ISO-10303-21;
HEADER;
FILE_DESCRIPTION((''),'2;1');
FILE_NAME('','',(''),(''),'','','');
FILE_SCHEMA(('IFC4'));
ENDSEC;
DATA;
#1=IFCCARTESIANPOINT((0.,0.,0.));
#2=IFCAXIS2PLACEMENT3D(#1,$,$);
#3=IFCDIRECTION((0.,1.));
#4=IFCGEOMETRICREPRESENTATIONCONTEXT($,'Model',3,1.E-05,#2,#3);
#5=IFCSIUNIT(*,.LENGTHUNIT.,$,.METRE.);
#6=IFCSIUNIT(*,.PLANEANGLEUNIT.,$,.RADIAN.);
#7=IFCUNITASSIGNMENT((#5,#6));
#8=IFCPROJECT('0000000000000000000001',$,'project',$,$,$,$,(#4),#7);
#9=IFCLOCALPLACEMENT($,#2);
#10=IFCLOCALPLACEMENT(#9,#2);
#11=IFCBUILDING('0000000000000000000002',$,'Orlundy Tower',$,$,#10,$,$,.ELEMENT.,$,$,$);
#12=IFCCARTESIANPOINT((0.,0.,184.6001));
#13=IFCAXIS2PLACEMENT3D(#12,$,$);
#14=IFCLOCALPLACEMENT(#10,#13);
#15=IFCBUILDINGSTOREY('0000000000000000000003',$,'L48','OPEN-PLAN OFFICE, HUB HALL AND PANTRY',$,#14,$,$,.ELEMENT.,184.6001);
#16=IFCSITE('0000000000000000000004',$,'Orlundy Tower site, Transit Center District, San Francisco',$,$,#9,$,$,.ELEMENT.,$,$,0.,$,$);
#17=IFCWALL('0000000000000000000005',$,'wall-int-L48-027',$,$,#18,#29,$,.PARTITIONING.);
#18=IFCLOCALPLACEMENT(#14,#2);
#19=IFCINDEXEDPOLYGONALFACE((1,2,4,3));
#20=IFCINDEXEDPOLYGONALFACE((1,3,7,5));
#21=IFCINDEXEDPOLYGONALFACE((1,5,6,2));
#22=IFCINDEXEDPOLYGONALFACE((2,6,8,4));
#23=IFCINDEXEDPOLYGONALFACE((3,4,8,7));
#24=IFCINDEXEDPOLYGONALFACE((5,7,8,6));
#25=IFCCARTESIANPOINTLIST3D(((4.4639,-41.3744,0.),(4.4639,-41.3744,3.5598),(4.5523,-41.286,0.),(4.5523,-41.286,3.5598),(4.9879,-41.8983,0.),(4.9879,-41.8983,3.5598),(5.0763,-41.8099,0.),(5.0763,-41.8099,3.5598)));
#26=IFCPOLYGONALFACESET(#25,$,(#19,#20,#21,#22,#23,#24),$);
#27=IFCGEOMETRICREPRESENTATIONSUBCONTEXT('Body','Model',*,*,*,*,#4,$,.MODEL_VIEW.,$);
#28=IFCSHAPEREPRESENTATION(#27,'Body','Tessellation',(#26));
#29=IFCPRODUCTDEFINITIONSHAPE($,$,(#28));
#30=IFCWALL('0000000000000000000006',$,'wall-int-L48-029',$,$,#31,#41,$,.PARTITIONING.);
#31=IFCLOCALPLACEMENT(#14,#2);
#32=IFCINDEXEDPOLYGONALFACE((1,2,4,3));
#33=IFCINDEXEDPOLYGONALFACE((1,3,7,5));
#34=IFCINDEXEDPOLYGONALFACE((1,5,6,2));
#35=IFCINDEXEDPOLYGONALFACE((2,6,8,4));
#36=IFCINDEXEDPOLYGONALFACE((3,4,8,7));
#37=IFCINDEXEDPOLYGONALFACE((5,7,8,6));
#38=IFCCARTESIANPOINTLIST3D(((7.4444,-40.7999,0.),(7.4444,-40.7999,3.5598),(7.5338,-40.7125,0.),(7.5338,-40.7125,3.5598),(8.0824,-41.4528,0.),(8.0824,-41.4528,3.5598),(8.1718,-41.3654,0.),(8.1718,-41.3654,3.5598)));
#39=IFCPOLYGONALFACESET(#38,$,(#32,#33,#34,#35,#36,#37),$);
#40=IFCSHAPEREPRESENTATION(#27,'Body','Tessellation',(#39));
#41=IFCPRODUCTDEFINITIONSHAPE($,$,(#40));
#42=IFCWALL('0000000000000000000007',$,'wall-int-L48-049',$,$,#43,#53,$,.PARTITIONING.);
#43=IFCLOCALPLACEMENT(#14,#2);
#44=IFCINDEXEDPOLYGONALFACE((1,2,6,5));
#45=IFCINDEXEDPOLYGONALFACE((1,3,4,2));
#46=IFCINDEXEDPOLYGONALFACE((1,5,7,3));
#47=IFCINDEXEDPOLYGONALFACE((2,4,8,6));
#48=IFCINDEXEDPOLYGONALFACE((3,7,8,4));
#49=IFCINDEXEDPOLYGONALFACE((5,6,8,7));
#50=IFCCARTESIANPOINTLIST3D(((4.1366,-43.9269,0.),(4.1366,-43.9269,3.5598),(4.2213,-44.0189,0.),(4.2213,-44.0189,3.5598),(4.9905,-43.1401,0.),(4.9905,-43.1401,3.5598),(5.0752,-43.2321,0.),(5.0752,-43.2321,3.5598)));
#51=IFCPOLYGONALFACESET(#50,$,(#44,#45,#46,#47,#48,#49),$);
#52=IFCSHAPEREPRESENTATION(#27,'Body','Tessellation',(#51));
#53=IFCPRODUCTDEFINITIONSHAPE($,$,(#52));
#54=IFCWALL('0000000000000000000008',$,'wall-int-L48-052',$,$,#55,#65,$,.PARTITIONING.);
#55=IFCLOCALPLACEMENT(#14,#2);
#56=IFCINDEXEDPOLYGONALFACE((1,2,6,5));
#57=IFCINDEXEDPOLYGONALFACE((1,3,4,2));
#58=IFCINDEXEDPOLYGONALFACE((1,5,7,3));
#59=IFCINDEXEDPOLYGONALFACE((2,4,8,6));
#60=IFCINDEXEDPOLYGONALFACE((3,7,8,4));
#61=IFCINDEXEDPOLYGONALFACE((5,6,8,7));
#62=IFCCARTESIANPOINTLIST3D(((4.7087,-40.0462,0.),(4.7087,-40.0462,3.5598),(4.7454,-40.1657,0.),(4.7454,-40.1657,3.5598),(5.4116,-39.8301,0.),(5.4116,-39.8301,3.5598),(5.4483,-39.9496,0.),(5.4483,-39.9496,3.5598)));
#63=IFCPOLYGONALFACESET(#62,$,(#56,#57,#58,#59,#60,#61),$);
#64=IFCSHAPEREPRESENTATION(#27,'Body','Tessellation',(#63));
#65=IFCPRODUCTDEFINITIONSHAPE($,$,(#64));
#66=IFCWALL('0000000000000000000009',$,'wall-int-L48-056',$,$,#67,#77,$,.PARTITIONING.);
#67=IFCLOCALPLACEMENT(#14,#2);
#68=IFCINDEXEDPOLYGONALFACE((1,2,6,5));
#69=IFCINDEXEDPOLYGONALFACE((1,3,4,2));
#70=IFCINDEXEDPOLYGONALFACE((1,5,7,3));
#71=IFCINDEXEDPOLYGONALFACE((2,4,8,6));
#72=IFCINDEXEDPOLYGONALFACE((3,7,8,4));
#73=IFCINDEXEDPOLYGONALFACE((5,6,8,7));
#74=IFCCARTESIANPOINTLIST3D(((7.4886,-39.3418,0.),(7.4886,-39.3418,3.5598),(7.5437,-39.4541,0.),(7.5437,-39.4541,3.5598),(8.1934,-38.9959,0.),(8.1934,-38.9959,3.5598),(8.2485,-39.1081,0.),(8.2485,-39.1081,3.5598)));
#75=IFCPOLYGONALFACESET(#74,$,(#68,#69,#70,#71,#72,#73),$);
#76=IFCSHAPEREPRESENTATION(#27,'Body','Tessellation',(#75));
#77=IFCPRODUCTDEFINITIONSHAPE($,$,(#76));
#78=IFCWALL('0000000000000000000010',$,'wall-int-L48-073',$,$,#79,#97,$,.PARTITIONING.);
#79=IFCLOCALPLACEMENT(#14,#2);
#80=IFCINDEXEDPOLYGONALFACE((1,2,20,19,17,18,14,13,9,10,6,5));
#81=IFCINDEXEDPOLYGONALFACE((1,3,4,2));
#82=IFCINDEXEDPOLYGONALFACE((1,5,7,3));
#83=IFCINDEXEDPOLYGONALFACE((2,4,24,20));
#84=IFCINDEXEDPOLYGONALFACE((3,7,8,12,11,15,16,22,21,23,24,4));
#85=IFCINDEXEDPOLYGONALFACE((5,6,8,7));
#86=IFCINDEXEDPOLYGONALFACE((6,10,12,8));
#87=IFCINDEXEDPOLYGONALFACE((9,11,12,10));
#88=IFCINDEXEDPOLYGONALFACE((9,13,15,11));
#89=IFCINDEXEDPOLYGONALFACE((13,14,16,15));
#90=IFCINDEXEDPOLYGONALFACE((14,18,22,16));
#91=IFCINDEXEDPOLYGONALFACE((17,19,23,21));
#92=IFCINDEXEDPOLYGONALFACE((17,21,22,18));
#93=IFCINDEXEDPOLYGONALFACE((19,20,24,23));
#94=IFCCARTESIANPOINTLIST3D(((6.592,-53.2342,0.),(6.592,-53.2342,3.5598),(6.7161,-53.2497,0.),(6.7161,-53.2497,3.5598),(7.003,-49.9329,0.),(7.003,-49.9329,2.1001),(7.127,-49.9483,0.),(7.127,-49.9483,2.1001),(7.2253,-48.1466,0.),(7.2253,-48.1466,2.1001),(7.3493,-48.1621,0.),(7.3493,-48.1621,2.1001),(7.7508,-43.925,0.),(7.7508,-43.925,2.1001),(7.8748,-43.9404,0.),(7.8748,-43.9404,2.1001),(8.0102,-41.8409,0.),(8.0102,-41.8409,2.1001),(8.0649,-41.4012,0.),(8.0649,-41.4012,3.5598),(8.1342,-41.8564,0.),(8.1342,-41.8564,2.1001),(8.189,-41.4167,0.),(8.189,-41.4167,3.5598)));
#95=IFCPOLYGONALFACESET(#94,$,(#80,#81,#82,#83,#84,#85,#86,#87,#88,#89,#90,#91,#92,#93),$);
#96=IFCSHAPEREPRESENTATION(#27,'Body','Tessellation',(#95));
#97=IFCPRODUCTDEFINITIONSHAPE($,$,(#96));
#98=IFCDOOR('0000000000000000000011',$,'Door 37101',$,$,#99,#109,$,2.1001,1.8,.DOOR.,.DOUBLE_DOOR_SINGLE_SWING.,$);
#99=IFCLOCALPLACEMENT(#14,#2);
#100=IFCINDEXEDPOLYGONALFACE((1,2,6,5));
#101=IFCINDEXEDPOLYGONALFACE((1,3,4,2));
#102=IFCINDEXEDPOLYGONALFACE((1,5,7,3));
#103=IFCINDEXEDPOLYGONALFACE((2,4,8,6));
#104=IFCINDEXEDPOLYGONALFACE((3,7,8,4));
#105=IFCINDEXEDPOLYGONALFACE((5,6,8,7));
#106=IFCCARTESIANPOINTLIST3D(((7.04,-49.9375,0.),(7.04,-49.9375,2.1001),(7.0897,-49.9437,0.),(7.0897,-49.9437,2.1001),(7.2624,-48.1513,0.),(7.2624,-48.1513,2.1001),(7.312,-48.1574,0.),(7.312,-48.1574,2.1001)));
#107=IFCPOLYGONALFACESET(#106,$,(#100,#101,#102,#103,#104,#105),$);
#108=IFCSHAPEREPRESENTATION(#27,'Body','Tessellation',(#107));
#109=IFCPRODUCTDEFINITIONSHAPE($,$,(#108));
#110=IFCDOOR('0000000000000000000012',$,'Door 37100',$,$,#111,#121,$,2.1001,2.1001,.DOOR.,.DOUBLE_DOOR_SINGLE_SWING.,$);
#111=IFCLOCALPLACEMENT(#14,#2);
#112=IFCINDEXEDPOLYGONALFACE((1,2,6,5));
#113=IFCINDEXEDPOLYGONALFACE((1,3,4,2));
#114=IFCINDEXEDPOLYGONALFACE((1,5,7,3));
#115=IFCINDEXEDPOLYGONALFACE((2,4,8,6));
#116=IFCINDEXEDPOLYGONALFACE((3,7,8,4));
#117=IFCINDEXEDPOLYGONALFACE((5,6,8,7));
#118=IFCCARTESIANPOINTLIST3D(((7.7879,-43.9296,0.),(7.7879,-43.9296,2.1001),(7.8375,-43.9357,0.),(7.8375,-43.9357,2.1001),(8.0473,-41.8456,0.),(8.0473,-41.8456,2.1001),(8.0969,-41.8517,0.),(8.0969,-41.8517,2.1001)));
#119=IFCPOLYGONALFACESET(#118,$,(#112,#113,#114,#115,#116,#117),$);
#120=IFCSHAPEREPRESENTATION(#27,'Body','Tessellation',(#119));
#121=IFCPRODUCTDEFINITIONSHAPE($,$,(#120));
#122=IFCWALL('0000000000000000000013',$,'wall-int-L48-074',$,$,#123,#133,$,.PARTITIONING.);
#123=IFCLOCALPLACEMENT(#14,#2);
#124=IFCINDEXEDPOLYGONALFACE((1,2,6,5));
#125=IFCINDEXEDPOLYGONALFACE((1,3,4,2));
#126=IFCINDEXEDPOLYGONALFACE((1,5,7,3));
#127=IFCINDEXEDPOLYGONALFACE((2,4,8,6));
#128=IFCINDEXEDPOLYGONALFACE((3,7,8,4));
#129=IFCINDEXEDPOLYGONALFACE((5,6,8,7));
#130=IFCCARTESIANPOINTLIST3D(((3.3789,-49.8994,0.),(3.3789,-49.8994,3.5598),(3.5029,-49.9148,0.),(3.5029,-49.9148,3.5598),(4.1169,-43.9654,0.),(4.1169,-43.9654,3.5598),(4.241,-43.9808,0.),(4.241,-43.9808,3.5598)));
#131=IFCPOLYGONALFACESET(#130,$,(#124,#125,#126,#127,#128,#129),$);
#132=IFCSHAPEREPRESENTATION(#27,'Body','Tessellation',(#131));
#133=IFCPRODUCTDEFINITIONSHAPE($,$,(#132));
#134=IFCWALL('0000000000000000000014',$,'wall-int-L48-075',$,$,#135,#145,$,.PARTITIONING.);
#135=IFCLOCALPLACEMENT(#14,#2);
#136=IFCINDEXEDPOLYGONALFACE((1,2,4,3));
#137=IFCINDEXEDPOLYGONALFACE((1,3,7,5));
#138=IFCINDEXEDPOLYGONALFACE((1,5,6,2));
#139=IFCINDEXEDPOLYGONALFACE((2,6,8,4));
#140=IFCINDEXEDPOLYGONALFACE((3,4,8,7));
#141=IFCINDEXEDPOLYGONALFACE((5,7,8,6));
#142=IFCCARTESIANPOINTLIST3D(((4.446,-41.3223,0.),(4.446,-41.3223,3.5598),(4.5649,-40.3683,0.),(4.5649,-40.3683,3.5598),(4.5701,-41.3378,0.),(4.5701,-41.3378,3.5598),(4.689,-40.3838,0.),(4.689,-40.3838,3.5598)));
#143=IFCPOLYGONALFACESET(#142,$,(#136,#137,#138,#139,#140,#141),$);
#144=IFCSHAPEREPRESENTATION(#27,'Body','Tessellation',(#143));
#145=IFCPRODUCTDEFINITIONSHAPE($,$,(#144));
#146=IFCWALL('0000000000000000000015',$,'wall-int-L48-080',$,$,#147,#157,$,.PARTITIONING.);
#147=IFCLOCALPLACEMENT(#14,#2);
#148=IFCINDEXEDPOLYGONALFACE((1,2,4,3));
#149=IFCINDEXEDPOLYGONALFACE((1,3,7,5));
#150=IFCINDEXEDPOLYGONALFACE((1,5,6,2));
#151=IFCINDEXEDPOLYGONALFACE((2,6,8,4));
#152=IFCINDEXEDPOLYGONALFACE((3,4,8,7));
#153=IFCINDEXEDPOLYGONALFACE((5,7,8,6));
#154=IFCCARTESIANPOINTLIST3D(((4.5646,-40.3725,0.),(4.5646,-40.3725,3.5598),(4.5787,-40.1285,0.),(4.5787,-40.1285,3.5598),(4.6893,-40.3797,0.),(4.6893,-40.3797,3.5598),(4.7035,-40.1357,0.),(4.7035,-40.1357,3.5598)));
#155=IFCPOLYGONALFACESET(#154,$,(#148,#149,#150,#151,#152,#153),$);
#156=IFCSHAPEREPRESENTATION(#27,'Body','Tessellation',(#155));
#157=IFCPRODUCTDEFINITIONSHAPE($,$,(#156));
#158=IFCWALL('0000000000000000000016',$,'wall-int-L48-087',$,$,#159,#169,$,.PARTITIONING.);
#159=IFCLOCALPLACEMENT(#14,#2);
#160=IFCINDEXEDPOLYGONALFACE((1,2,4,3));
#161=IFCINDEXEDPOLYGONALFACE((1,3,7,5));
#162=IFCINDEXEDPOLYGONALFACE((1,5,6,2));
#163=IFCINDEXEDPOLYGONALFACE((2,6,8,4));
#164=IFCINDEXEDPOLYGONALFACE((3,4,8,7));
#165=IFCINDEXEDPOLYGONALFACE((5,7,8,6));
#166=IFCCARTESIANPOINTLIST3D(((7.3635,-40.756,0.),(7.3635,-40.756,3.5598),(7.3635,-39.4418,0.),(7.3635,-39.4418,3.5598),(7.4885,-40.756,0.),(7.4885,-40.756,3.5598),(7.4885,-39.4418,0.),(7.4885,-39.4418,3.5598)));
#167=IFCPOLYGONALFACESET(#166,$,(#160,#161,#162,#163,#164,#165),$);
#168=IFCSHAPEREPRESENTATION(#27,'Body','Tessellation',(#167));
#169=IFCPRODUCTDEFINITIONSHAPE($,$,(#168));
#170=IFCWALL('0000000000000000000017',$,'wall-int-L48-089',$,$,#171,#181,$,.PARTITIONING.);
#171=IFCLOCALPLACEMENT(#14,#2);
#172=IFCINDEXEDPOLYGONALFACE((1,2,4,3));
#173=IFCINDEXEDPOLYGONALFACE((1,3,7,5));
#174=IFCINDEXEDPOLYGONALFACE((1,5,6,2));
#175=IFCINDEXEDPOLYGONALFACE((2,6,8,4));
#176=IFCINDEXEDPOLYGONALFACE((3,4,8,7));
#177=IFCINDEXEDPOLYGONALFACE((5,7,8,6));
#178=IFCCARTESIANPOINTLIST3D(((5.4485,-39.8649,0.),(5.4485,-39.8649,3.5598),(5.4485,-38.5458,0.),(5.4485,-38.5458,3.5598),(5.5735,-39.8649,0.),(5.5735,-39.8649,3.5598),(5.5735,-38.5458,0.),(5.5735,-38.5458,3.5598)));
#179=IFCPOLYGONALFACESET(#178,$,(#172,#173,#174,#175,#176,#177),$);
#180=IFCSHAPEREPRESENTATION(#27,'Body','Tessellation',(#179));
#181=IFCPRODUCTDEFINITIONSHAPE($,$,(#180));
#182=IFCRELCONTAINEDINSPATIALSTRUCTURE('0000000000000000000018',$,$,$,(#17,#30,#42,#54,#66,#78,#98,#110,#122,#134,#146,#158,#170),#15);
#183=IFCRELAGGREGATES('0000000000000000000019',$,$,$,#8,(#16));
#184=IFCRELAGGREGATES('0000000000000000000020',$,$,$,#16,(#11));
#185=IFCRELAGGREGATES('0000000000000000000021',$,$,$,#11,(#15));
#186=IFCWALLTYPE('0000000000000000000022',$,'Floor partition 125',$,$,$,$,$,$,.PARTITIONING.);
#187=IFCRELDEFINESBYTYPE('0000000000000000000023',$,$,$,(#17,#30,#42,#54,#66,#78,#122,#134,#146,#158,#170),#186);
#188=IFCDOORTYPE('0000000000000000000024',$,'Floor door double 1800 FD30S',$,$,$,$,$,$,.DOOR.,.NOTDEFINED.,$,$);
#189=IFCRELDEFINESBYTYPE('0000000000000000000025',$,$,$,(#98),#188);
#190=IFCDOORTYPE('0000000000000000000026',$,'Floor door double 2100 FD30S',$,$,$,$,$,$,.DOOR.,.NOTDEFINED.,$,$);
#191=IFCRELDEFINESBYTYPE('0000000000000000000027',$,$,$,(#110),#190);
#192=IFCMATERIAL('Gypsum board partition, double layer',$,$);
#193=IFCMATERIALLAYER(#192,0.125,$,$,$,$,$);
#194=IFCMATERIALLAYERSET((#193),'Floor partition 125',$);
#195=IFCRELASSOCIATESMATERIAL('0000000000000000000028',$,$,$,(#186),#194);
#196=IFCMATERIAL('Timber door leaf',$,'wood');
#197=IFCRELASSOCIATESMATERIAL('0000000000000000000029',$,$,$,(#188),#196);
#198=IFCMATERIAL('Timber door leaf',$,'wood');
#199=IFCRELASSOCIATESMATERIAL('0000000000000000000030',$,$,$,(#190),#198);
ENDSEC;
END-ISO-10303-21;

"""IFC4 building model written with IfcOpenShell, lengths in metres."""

from ifc_helpers import new_model, si_unit, direction, frame, frame_2d, origin, place, context, subcontext, project, spatial, rectangle, extrude, material, layer, layer_set, type_object, element, fill, save


model = new_model("IFC4")

# Units and contexts
model_context = context("Model", 3, precision=1e-05, world=origin(), true_north=direction((0.0, 1.0)))
body_context = subcontext(model_context, "Body", "Model", "MODEL_VIEW")
ifc_project = project(units=[si_unit("LENGTHUNIT", "METRE"), si_unit("PLANEANGLEUNIT", "RADIAN")], contexts=[model_context])

# Site, building, storey
site_placement = place(None, origin())
site = spatial("IfcSite", under=ifc_project, at=site_placement, Name="Orlundy Tower site, Transit Center District, San Francisco", CompositionType="ELEMENT", RefElevation=0.0)
building_placement = place(site_placement, origin())
building = spatial("IfcBuilding", under=site, at=building_placement, Name="Orlundy Tower", CompositionType="ELEMENT")
storey_placement = place(building_placement, frame((0.0, 0.0, 184.6001)))
storey = spatial("IfcBuildingStorey", under=building, at=storey_placement, Name="L48", Description="OPEN-PLAN OFFICE, HUB HALL AND PANTRY", CompositionType="ELEMENT", Elevation=184.6001)

# Walls
ifc_material_1 = material(Name="Gypsum board partition, double layer")
ifc_layer_1 = layer(ifc_material_1, 0.125)
ifc_layer_set_1 = layer_set([ifc_layer_1], Name="Floor partition 125")
wall_type_1 = type_object("IfcWallType", Name="Floor partition 125", PredefinedType="PARTITIONING", material=ifc_layer_set_1)
wall_1_placement = place(storey_placement, frame((4.5081, -41.3301, 0.0), z_axis=(0.0, 0.0, 1.0), x_axis=(0.707107, -0.707107, 0.0)))
element("IfcWall", 1, at=wall_1_placement, inside=storey, type_object=wall_type_1, Name="wall-int-L48-027", PredefinedType="PARTITIONING", context=body_context, shape_type="SweptSolid", body=[
    extrude(rectangle(XDim=0.741, YDim=0.125, at=frame_2d((0.3706, 0.0))), origin(), (0.0, 0.0, 1.0), 3.5598),
])
wall_2_placement = place(storey_placement, frame((7.489, -40.7561, 0.0), z_axis=(0.0, 0.0, 1.0), x_axis=(0.698902, -0.715218, 0.0)))
element("IfcWall", 2, at=wall_2_placement, inside=storey, type_object=wall_type_1, Name="wall-int-L48-029", PredefinedType="PARTITIONING", context=body_context, shape_type="SweptSolid", body=[
    extrude(rectangle(XDim=0.9128, YDim=0.125, at=frame_2d((0.4565, 0.0))), origin(), (0.0, 0.0, 1.0), 3.5598),
])
wall_3_placement = place(storey_placement, frame((4.179, -43.9729, 0.0), z_axis=(0.0, 0.0, 1.0), x_axis=(0.735424, 0.677607, 0.0)))
element("IfcWall", 3, at=wall_3_placement, inside=storey, type_object=wall_type_1, Name="wall-int-L48-049", PredefinedType="PARTITIONING", context=body_context, shape_type="SweptSolid", body=[
    extrude(rectangle(XDim=1.1611, YDim=0.125, at=frame_2d((0.5806, 0.0))), origin(), (0.0, 0.0, 1.0), 3.5598),
])
wall_4_placement = place(storey_placement, frame((4.7271, -40.106, 0.0), z_axis=(0.0, 0.0, 1.0), x_axis=(0.955858, 0.293829, 0.0)))
element("IfcWall", 4, at=wall_4_placement, inside=storey, type_object=wall_type_1, Name="wall-int-L48-052", PredefinedType="PARTITIONING", context=body_context, shape_type="SweptSolid", body=[
    extrude(rectangle(XDim=0.7354, YDim=0.125, at=frame_2d((0.3677, 0.0))), origin(), (0.0, 0.0, 1.0), 3.5598),
])
wall_5_placement = place(storey_placement, frame((7.5161, -39.3979, 0.0), z_axis=(0.0, 0.0, 1.0), x_axis=(0.897699, 0.440609, 0.0)))
element("IfcWall", 5, at=wall_5_placement, inside=storey, type_object=wall_type_1, Name="wall-int-L48-056", PredefinedType="PARTITIONING", context=body_context, shape_type="SweptSolid", body=[
    extrude(rectangle(XDim=0.7852, YDim=0.125, at=frame_2d((0.3926, 0.0))), origin(), (0.0, 0.0, 1.0), 3.5598),
])

# Wall, openings, doors
wall_6_placement = place(storey_placement, frame((8.127, -41.4089, 0.0), z_axis=(0.0, 0.0, 1.0), x_axis=(-0.123521, -0.992342, 0.0)))
wall_6 = element("IfcWall", 6, at=wall_6_placement, inside=storey, type_object=wall_type_1, Name="wall-int-L48-073", PredefinedType="PARTITIONING", context=body_context, shape_type="SweptSolid", body=[
    extrude(rectangle(XDim=11.9243, YDim=0.125, at=frame_2d((5.9622, 0.0))), origin(), (0.0, 0.0, 1.0), 3.5598),
])
opening_1_placement = place(wall_6_placement, frame((0.4431, 0.0, 0.0)))
opening_1 = element("IfcOpeningElement", 7, at=opening_1_placement, cuts=wall_6, PredefinedType="OPENING", context=body_context, shape_type="SweptSolid", body=[
    extrude(rectangle(XDim=2.1001, YDim=2.1001, at=frame_2d((1.05, 1.05))), frame((0.0, 0.0725, 0.0), z_axis=(0.0, -1.0, 0.0), x_axis=(1.0, 0.0, 0.0)), (0.0, 0.0, 1.0), 0.145),
])
opening_2_placement = place(wall_6_placement, frame((6.7976, 0.0, 0.0)))
opening_2 = element("IfcOpeningElement", 8, at=opening_2_placement, cuts=wall_6, PredefinedType="OPENING", context=body_context, shape_type="SweptSolid", body=[
    extrude(rectangle(XDim=1.8, YDim=2.1001, at=frame_2d((0.8999, 1.05))), frame((0.0, 0.0725, 0.0), z_axis=(0.0, -1.0, 0.0), x_axis=(1.0, 0.0, 0.0)), (0.0, 0.0, 1.0), 0.145),
])
ifc_material_2 = material(Name="Timber door leaf", Category="wood")
door_type_1 = type_object("IfcDoorType", Name="Floor door double 1800 FD30S", OperationType="NOTDEFINED", PredefinedType="DOOR", material=ifc_material_2)
door_1_placement = place(opening_2_placement, origin())
door_1 = element("IfcDoor", 9, at=door_1_placement, inside=storey, type_object=door_type_1, Name="Door 37101", OperationType="DOUBLE_DOOR_SINGLE_SWING", OverallHeight=2.1001, OverallWidth=1.8, PredefinedType="DOOR", context=body_context, shape_type="SweptSolid", body=[
    extrude(rectangle(XDim=1.8, YDim=2.1001, at=frame_2d((0.8999, 1.05))), frame((0.0, 0.0249, 0.0), z_axis=(0.0, -1.0, 0.0), x_axis=(1.0, 0.0, 0.0)), (0.0, 0.0, 1.0), 0.05),
])
fill(opening_2, door_1)
ifc_material_3 = material(Name="Timber door leaf", Category="wood")
door_type_2 = type_object("IfcDoorType", Name="Floor door double 2100 FD30S", OperationType="NOTDEFINED", PredefinedType="DOOR", material=ifc_material_3)
door_2_placement = place(opening_1_placement, origin())
door_2 = element("IfcDoor", 10, at=door_2_placement, inside=storey, type_object=door_type_2, Name="Door 37100", OperationType="DOUBLE_DOOR_SINGLE_SWING", OverallHeight=2.1001, OverallWidth=2.1001, PredefinedType="DOOR", context=body_context, shape_type="SweptSolid", body=[
    extrude(rectangle(XDim=2.1001, YDim=2.1001, at=frame_2d((1.05, 1.05))), frame((0.0, 0.0249, 0.0), z_axis=(0.0, -1.0, 0.0), x_axis=(1.0, 0.0, 0.0)), (0.0, 0.0, 1.0), 0.05),
])
fill(opening_1, door_2)

# Walls
wall_7_placement = place(storey_placement, frame((3.4409, -49.907, 0.0), z_axis=(0.0, 0.0, 1.0), x_axis=(0.123422, 0.992354, 0.0)))
element("IfcWall", 11, at=wall_7_placement, inside=storey, type_object=wall_type_1, Name="wall-int-L48-074", PredefinedType="PARTITIONING", context=body_context, shape_type="SweptSolid", body=[
    extrude(rectangle(XDim=5.9797, YDim=0.125, at=frame_2d((2.9897, 0.0))), origin(), (0.0, 0.0, 1.0), 3.5598),
])
wall_8_placement = place(storey_placement, frame((4.5081, -41.3301, 0.0), z_axis=(0.0, 0.0, 1.0), x_axis=(0.12366, 0.992325, 0.0)))
element("IfcWall", 12, at=wall_8_placement, inside=storey, type_object=wall_type_1, Name="wall-int-L48-075", PredefinedType="PARTITIONING", context=body_context, shape_type="SweptSolid", body=[
    extrude(rectangle(XDim=0.9614, YDim=0.125, at=frame_2d((0.4807, 0.0))), origin(), (0.0, 0.0, 1.0), 3.5598),
])
wall_9_placement = place(storey_placement, frame((4.627, -40.376, 0.0), z_axis=(0.0, 0.0, 1.0), x_axis=(0.05796, 0.998319, 0.0)))
element("IfcWall", 13, at=wall_9_placement, inside=storey, type_object=wall_type_1, Name="wall-int-L48-080", PredefinedType="PARTITIONING", context=body_context, shape_type="SweptSolid", body=[
    extrude(rectangle(XDim=0.2444, YDim=0.125, at=frame_2d((0.1221, 0.0))), origin(), (0.0, 0.0, 1.0), 3.5598),
])
wall_10_placement = place(storey_placement, frame((7.426, -40.7561, 0.0), z_axis=(0.0, 0.0, 1.0), x_axis=(0.0, 1.0, 0.0)))
element("IfcWall", 14, at=wall_10_placement, inside=storey, type_object=wall_type_1, Name="wall-int-L48-087", PredefinedType="PARTITIONING", context=body_context, shape_type="SweptSolid", body=[
    extrude(rectangle(XDim=1.3142, YDim=0.125, at=frame_2d((0.6572, 0.0))), origin(), (0.0, 0.0, 1.0), 3.5598),
])
wall_11_placement = place(storey_placement, frame((5.511, -39.865, 0.0), z_axis=(0.0, 0.0, 1.0), x_axis=(0.0, 1.0, 0.0)))
element("IfcWall", 15, at=wall_11_placement, inside=storey, type_object=wall_type_1, Name="wall-int-L48-089", PredefinedType="PARTITIONING", context=body_context, shape_type="SweptSolid", body=[
    extrude(rectangle(XDim=1.3191, YDim=0.125, at=frame_2d((0.6597, 0.0))), origin(), (0.0, 0.0, 1.0), 3.5598),
])

save(model, "model.ifc")
